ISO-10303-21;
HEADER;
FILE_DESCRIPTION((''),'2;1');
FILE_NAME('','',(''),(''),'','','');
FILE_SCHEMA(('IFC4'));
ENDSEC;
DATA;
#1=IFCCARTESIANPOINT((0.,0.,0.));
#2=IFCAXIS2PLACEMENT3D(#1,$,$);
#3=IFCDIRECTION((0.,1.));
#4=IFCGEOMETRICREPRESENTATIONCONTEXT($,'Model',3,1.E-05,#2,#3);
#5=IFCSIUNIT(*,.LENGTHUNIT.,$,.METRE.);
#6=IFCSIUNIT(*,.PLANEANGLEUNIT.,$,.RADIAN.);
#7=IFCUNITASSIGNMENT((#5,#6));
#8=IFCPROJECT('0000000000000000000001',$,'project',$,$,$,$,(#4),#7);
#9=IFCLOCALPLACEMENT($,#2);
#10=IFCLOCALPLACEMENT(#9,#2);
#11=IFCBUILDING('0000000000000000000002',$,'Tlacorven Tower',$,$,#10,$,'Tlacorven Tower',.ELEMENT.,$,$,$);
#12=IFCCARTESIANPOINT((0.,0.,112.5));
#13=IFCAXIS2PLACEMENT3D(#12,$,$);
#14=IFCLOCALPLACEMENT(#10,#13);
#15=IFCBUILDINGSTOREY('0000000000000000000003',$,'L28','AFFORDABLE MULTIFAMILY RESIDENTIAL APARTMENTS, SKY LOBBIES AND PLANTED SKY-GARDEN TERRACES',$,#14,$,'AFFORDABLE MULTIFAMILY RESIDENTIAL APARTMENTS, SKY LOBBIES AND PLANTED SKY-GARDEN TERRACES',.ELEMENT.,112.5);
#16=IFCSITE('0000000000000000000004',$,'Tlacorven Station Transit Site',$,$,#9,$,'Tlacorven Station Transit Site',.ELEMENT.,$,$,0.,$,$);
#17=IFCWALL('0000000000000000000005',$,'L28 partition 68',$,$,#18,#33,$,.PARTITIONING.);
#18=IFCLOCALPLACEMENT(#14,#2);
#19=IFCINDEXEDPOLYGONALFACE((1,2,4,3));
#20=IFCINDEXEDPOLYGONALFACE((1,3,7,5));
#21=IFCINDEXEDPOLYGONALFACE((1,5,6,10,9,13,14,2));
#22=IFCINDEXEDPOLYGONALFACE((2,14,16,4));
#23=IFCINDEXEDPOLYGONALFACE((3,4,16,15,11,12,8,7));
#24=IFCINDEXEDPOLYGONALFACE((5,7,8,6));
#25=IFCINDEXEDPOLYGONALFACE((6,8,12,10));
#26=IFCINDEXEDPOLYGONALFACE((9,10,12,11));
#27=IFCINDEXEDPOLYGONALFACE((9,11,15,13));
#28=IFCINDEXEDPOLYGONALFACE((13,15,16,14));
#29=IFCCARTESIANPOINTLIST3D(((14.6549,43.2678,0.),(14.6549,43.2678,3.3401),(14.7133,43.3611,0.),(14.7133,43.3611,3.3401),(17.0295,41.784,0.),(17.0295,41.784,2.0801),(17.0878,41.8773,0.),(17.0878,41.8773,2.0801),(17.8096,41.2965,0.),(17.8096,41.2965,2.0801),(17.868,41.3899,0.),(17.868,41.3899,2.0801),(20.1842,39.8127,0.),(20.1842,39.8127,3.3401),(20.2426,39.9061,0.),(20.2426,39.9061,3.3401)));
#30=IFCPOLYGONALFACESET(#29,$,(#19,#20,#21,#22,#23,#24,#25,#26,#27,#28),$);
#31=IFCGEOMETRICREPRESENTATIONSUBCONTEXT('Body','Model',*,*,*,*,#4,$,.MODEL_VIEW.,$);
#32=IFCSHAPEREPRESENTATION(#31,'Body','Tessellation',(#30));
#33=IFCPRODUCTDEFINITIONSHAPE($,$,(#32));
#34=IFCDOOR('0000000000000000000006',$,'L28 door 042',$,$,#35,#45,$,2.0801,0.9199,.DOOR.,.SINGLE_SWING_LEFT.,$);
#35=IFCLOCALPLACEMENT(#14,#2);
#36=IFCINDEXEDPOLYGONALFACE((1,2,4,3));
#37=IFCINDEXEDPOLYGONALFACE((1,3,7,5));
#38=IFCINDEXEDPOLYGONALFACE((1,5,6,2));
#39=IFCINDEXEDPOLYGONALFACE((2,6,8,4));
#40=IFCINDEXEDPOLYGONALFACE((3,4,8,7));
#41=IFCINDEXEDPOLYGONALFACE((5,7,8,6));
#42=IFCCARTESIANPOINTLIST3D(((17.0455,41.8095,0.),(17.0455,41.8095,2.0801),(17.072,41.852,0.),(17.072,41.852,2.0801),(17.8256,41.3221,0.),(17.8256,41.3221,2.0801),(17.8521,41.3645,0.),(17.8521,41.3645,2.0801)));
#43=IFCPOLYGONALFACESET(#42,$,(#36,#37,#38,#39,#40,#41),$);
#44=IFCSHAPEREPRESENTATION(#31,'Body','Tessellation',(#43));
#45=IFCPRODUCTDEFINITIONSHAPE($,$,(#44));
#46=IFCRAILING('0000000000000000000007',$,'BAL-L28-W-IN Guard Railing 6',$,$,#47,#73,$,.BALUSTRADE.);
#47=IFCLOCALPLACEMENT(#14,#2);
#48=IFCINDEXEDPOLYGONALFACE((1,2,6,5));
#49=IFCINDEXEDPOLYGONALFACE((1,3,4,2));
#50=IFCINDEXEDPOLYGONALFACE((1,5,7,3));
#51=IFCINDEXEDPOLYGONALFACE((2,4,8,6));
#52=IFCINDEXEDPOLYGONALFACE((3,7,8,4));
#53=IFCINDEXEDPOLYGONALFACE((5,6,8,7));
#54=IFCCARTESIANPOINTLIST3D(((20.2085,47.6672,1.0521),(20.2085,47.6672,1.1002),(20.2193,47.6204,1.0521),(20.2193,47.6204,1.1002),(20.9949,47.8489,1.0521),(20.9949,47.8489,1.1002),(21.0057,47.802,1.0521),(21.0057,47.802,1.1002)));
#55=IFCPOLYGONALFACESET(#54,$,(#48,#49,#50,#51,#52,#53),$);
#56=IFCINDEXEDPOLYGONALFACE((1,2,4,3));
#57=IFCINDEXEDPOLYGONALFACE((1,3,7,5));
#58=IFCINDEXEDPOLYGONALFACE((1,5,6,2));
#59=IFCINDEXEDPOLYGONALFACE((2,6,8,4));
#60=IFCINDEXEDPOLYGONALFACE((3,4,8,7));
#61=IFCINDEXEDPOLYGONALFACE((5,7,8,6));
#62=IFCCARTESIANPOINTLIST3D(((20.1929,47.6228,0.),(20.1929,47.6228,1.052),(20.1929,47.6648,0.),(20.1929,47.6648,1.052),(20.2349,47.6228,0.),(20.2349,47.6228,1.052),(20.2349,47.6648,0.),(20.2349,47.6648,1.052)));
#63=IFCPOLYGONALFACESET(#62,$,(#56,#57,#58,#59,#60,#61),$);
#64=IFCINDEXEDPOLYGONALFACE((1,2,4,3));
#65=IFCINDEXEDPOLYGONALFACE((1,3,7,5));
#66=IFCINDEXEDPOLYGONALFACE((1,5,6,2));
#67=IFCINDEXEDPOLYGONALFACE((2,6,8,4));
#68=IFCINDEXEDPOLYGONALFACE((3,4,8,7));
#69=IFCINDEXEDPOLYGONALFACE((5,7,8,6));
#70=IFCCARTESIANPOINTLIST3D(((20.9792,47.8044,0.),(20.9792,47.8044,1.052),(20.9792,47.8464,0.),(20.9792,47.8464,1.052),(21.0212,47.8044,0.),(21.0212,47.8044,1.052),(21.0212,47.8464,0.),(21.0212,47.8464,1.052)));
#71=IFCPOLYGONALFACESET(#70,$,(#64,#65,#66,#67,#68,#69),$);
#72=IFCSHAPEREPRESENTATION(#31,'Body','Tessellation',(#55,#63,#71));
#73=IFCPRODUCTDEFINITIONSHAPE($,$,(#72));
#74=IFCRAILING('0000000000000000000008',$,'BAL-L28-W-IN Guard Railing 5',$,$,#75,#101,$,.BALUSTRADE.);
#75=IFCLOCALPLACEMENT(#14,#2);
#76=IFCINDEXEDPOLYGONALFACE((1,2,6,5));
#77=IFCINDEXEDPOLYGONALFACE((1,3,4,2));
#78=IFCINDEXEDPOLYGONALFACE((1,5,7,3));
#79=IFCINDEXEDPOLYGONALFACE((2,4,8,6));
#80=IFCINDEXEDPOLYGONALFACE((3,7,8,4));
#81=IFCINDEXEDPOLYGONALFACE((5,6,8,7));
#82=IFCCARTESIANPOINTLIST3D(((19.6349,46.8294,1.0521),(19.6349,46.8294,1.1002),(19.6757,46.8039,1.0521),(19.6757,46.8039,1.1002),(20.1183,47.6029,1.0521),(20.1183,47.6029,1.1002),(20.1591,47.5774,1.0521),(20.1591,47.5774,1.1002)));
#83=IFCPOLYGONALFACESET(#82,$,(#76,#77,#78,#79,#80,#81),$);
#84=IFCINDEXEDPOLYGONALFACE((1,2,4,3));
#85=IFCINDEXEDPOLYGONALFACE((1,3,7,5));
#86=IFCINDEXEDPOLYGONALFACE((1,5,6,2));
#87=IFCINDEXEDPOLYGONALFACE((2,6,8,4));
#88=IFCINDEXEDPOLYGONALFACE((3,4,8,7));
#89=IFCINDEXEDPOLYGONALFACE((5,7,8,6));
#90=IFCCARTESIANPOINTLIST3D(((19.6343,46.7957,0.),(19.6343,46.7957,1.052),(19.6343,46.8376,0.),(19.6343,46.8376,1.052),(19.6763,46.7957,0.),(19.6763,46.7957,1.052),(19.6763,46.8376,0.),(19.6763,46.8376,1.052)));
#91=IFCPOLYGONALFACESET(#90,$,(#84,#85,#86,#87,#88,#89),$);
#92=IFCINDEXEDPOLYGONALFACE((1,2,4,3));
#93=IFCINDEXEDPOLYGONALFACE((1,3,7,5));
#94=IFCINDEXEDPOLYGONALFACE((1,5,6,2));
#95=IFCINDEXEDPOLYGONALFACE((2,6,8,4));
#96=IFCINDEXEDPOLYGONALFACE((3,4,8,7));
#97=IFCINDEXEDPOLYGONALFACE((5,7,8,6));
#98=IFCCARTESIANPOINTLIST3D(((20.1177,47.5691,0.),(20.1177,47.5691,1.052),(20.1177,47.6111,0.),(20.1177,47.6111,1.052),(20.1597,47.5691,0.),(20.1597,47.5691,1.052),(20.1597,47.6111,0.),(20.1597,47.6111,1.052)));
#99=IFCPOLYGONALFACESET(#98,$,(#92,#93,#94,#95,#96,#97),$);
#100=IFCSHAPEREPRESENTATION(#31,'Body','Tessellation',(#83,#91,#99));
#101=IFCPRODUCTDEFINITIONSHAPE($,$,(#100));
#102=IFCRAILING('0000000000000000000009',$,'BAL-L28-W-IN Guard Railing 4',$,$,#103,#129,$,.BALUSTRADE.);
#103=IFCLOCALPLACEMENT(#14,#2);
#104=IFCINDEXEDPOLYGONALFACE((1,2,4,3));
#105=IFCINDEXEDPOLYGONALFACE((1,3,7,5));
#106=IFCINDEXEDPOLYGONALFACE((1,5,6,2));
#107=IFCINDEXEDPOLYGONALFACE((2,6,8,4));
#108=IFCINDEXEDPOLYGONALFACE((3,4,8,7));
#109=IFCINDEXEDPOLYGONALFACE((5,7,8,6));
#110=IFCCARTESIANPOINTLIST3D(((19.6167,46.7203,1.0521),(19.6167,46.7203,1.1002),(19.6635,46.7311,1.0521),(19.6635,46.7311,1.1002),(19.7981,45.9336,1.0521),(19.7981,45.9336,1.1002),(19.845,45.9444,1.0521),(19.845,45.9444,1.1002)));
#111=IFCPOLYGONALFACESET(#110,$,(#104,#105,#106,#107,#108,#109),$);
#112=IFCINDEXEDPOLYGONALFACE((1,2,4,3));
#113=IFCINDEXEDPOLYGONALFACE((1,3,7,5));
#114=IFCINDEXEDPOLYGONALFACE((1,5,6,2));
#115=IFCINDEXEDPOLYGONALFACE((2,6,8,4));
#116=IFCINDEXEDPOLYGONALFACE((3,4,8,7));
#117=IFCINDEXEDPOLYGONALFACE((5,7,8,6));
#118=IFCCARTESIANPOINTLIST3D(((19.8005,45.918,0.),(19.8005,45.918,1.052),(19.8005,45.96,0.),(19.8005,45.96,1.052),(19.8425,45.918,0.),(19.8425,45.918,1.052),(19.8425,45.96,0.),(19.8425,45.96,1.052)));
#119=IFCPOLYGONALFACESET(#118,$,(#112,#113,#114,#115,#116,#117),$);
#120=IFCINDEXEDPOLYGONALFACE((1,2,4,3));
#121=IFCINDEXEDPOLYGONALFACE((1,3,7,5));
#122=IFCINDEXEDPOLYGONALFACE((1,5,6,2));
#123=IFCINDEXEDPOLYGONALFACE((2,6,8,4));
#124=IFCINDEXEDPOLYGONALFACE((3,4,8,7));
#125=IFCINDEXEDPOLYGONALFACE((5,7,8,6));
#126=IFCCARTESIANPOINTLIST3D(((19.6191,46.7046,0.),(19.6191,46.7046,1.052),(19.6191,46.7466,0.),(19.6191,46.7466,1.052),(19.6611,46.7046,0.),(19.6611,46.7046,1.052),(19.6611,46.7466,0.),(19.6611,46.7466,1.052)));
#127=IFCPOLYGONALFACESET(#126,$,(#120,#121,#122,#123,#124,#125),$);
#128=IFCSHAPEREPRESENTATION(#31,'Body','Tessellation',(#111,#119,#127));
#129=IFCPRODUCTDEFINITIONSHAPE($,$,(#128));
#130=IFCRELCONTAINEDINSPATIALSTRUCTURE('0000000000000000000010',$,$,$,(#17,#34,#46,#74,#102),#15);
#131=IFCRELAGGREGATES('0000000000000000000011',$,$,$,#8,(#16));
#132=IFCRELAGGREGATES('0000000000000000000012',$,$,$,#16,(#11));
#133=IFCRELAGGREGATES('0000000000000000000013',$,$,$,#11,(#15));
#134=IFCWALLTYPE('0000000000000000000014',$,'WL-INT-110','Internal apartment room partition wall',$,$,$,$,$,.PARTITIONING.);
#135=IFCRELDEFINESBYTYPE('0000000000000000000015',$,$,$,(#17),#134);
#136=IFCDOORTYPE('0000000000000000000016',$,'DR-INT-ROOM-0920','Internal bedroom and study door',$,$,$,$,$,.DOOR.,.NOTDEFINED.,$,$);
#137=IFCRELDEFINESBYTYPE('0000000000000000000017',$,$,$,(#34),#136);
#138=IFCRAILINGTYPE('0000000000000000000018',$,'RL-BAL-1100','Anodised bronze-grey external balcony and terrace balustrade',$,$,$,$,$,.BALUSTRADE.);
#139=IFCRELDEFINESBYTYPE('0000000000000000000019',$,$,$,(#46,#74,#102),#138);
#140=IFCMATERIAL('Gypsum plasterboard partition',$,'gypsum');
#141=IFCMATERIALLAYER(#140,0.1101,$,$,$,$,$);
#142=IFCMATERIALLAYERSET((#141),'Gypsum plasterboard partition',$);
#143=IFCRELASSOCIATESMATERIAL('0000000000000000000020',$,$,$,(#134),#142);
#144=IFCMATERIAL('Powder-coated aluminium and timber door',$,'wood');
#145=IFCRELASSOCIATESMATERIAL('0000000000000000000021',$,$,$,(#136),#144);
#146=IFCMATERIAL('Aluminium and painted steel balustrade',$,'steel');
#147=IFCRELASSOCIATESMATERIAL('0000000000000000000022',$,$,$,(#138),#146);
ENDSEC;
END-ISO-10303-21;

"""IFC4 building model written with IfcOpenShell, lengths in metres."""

from ifc_helpers import new_model, si_unit, direction, frame, frame_2d, origin, origin_2d, place, context, subcontext, project, spatial, rectangle, extrude, source, transform, mapped, material, layer, layer_set, type_object, element, fill, save


model = new_model("IFC4")

# Units and contexts
model_context = context("Model", 3, precision=1e-05, world=origin(), true_north=direction((0.0, 1.0)))
body_context = subcontext(model_context, "Body", "Model", "MODEL_VIEW")
ifc_project = project(units=[si_unit("LENGTHUNIT", "METRE"), si_unit("PLANEANGLEUNIT", "RADIAN")], contexts=[model_context])

# Site, building, storey
site_placement = place(None, origin())
site = spatial("IfcSite", under=ifc_project, at=site_placement, Name="Tlacorven Station Transit Site", LongName="Tlacorven Station Transit Site", CompositionType="ELEMENT", RefElevation=0.0)
building_placement = place(site_placement, origin())
building = spatial("IfcBuilding", under=site, at=building_placement, Name="Tlacorven Tower", LongName="Tlacorven Tower", CompositionType="ELEMENT")
storey_placement = place(building_placement, frame((0.0, 0.0, 112.5)))
storey = spatial("IfcBuildingStorey", under=building, at=storey_placement, Name="L28", Description="AFFORDABLE MULTIFAMILY RESIDENTIAL APARTMENTS, SKY LOBBIES AND PLANTED SKY-GARDEN TERRACES", LongName="AFFORDABLE MULTIFAMILY RESIDENTIAL APARTMENTS, SKY LOBBIES AND PLANTED SKY-GARDEN TERRACES", CompositionType="ELEMENT", Elevation=112.5)

# Shared definitions
ifc_material_1 = material(Name="Powder-coated aluminium and timber door", Category="wood")

# Wall, opening, door
ifc_material_2 = material(Name="Gypsum plasterboard partition", Category="gypsum")
ifc_layer_1 = layer(ifc_material_2, 0.1101)
ifc_layer_set_1 = layer_set([ifc_layer_1], Name="Gypsum plasterboard partition")
wall_type_1 = type_object("IfcWallType", Name="WL-INT-110", Description="Internal apartment room partition wall", PredefinedType="PARTITIONING", material=ifc_layer_set_1)
wall_1_placement = place(storey_placement, frame((20.2134, 39.8594, 0.0), z_axis=(0.0, 0.0, 1.0), x_axis=(-0.848049, 0.529918, 0.0)))
wall_1 = element("IfcWall", 1, at=wall_1_placement, inside=storey, type_object=wall_type_1, Name="L28 partition 68", PredefinedType="PARTITIONING", context=body_context, shape_type="SweptSolid", body=[
    extrude(rectangle(XDim=6.52, YDim=0.1101, at=frame_2d((3.26, 0.0))), origin(), (0.0, 0.0, 1.0), 3.3401),
])
opening_1_placement = place(wall_1_placement, frame((2.8, 0.0, 0.0)))
opening_1 = element("IfcOpeningElement", 2, at=opening_1_placement, cuts=wall_1, PredefinedType="OPENING", context=body_context, shape_type="SweptSolid", body=[
    extrude(rectangle(XDim=0.9199, YDim=2.0801, at=frame_2d((0.46, 1.04))), frame((0.0, 0.0649, 0.0), z_axis=(0.0, -1.0, 0.0), x_axis=(1.0, 0.0, 0.0)), (0.0, 0.0, 1.0), 0.1301),
])
door_type_1 = type_object("IfcDoorType", Name="DR-INT-ROOM-0920", Description="Internal bedroom and study door", OperationType="NOTDEFINED", PredefinedType="DOOR", material=ifc_material_1)
shared_shape_1 = source(origin(), body_context, "Body", "SweptSolid", [
    extrude(rectangle(XDim=0.9199, YDim=2.0801, at=frame_2d((0.46, 1.04))), frame((0.0, 0.0249, 0.0), z_axis=(0.0, -1.0, 0.0), x_axis=(1.0, 0.0, 0.0)), (0.0, 0.0, 1.0), 0.05),
])
door_1_placement = place(opening_1_placement, origin())
door_1 = element("IfcDoor", 3, at=door_1_placement, inside=storey, type_object=door_type_1, Name="L28 door 042", OperationType="SINGLE_SWING_LEFT", OverallHeight=2.0801, OverallWidth=0.9199, PredefinedType="DOOR", context=body_context, shape_type="MappedRepresentation", body=[
    mapped(shared_shape_1, transform((0.0, 0.0, 0.0), scale=1.0)),
])
fill(opening_1, door_1)

# Railings
ifc_material_3 = material(Name="Aluminium and painted steel balustrade", Category="steel")
railing_type = type_object("IfcRailingType", Name="RL-BAL-1100", Description="Anodised bronze-grey external balcony and terrace balustrade", PredefinedType="BALUSTRADE", material=ifc_material_3)
shared_shape_2 = source(origin(), body_context, "Body", "SweptSolid", [
    extrude(rectangle(XDim=0.0481, YDim=0.0481, at=origin_2d()), frame((0.0, 0.0, 1.0762), z_axis=(0.974345, 0.225058, 0.0), x_axis=(-0.225058, 0.974345, 0.0)), (0.0, 0.0, 1.0), 0.8071),
    extrude(rectangle(XDim=0.042, YDim=0.042, at=origin_2d()), origin(), (0.0, 0.0, 1.0), 1.052),
    extrude(rectangle(XDim=0.042, YDim=0.042, at=origin_2d()), frame((0.7864, 0.1816, 0.0)), (0.0, 0.0, 1.0), 1.052),
])
railing_1_placement = place(storey_placement, frame((20.2139, 47.6438, 0.0)))
element("IfcRailing", 4, at=railing_1_placement, inside=storey, type_object=railing_type, Name="BAL-L28-W-IN Guard Railing 6", PredefinedType="BALUSTRADE", context=body_context, shape_type="MappedRepresentation", body=[
    mapped(shared_shape_2, transform((0.0, 0.0, 0.0), scale=1.0)),
])
shared_shape_3 = source(origin(), body_context, "Body", "SweptSolid", [
    extrude(rectangle(XDim=0.0481, YDim=0.0481, at=origin_2d()), frame((0.0, 0.0, 1.0762), z_axis=(0.529999, 0.847998, 0.0), x_axis=(-0.847998, 0.529999, 0.0)), (0.0, 0.0, 1.0), 0.9121),
    extrude(rectangle(XDim=0.042, YDim=0.042, at=origin_2d()), origin(), (0.0, 0.0, 1.0), 1.052),
    extrude(rectangle(XDim=0.042, YDim=0.042, at=origin_2d()), frame((0.4834, 0.7734, 0.0)), (0.0, 0.0, 1.0), 1.052),
])
railing_2_placement = place(storey_placement, frame((19.6553, 46.8167, 0.0)))
element("IfcRailing", 5, at=railing_2_placement, inside=storey, type_object=railing_type, Name="BAL-L28-W-IN Guard Railing 5", PredefinedType="BALUSTRADE", context=body_context, shape_type="MappedRepresentation", body=[
    mapped(shared_shape_3, transform((0.0, 0.0, 0.0), scale=1.0)),
])
shared_shape_4 = source(origin(), body_context, "Body", "SweptSolid", [
    extrude(rectangle(XDim=0.0481, YDim=0.0481, at=origin_2d()), frame((0.0, 0.0, 1.0762), z_axis=(-0.224705, 0.974427, 0.0), x_axis=(-0.974427, -0.224705, 0.0)), (0.0, 0.0, 1.0), 0.8074),
    extrude(rectangle(XDim=0.042, YDim=0.042, at=origin_2d()), origin(), (0.0, 0.0, 1.0), 1.052),
    extrude(rectangle(XDim=0.042, YDim=0.042, at=origin_2d()), frame((-0.1814, 0.7866, 0.0)), (0.0, 0.0, 1.0), 1.052),
])
railing_3_placement = place(storey_placement, frame((19.8215, 45.939, 0.0)))
element("IfcRailing", 6, at=railing_3_placement, inside=storey, type_object=railing_type, Name="BAL-L28-W-IN Guard Railing 4", PredefinedType="BALUSTRADE", context=body_context, shape_type="MappedRepresentation", body=[
    mapped(shared_shape_4, transform((0.0, 0.0, 0.0), scale=1.0)),
])

save(model, "model.ifc")
